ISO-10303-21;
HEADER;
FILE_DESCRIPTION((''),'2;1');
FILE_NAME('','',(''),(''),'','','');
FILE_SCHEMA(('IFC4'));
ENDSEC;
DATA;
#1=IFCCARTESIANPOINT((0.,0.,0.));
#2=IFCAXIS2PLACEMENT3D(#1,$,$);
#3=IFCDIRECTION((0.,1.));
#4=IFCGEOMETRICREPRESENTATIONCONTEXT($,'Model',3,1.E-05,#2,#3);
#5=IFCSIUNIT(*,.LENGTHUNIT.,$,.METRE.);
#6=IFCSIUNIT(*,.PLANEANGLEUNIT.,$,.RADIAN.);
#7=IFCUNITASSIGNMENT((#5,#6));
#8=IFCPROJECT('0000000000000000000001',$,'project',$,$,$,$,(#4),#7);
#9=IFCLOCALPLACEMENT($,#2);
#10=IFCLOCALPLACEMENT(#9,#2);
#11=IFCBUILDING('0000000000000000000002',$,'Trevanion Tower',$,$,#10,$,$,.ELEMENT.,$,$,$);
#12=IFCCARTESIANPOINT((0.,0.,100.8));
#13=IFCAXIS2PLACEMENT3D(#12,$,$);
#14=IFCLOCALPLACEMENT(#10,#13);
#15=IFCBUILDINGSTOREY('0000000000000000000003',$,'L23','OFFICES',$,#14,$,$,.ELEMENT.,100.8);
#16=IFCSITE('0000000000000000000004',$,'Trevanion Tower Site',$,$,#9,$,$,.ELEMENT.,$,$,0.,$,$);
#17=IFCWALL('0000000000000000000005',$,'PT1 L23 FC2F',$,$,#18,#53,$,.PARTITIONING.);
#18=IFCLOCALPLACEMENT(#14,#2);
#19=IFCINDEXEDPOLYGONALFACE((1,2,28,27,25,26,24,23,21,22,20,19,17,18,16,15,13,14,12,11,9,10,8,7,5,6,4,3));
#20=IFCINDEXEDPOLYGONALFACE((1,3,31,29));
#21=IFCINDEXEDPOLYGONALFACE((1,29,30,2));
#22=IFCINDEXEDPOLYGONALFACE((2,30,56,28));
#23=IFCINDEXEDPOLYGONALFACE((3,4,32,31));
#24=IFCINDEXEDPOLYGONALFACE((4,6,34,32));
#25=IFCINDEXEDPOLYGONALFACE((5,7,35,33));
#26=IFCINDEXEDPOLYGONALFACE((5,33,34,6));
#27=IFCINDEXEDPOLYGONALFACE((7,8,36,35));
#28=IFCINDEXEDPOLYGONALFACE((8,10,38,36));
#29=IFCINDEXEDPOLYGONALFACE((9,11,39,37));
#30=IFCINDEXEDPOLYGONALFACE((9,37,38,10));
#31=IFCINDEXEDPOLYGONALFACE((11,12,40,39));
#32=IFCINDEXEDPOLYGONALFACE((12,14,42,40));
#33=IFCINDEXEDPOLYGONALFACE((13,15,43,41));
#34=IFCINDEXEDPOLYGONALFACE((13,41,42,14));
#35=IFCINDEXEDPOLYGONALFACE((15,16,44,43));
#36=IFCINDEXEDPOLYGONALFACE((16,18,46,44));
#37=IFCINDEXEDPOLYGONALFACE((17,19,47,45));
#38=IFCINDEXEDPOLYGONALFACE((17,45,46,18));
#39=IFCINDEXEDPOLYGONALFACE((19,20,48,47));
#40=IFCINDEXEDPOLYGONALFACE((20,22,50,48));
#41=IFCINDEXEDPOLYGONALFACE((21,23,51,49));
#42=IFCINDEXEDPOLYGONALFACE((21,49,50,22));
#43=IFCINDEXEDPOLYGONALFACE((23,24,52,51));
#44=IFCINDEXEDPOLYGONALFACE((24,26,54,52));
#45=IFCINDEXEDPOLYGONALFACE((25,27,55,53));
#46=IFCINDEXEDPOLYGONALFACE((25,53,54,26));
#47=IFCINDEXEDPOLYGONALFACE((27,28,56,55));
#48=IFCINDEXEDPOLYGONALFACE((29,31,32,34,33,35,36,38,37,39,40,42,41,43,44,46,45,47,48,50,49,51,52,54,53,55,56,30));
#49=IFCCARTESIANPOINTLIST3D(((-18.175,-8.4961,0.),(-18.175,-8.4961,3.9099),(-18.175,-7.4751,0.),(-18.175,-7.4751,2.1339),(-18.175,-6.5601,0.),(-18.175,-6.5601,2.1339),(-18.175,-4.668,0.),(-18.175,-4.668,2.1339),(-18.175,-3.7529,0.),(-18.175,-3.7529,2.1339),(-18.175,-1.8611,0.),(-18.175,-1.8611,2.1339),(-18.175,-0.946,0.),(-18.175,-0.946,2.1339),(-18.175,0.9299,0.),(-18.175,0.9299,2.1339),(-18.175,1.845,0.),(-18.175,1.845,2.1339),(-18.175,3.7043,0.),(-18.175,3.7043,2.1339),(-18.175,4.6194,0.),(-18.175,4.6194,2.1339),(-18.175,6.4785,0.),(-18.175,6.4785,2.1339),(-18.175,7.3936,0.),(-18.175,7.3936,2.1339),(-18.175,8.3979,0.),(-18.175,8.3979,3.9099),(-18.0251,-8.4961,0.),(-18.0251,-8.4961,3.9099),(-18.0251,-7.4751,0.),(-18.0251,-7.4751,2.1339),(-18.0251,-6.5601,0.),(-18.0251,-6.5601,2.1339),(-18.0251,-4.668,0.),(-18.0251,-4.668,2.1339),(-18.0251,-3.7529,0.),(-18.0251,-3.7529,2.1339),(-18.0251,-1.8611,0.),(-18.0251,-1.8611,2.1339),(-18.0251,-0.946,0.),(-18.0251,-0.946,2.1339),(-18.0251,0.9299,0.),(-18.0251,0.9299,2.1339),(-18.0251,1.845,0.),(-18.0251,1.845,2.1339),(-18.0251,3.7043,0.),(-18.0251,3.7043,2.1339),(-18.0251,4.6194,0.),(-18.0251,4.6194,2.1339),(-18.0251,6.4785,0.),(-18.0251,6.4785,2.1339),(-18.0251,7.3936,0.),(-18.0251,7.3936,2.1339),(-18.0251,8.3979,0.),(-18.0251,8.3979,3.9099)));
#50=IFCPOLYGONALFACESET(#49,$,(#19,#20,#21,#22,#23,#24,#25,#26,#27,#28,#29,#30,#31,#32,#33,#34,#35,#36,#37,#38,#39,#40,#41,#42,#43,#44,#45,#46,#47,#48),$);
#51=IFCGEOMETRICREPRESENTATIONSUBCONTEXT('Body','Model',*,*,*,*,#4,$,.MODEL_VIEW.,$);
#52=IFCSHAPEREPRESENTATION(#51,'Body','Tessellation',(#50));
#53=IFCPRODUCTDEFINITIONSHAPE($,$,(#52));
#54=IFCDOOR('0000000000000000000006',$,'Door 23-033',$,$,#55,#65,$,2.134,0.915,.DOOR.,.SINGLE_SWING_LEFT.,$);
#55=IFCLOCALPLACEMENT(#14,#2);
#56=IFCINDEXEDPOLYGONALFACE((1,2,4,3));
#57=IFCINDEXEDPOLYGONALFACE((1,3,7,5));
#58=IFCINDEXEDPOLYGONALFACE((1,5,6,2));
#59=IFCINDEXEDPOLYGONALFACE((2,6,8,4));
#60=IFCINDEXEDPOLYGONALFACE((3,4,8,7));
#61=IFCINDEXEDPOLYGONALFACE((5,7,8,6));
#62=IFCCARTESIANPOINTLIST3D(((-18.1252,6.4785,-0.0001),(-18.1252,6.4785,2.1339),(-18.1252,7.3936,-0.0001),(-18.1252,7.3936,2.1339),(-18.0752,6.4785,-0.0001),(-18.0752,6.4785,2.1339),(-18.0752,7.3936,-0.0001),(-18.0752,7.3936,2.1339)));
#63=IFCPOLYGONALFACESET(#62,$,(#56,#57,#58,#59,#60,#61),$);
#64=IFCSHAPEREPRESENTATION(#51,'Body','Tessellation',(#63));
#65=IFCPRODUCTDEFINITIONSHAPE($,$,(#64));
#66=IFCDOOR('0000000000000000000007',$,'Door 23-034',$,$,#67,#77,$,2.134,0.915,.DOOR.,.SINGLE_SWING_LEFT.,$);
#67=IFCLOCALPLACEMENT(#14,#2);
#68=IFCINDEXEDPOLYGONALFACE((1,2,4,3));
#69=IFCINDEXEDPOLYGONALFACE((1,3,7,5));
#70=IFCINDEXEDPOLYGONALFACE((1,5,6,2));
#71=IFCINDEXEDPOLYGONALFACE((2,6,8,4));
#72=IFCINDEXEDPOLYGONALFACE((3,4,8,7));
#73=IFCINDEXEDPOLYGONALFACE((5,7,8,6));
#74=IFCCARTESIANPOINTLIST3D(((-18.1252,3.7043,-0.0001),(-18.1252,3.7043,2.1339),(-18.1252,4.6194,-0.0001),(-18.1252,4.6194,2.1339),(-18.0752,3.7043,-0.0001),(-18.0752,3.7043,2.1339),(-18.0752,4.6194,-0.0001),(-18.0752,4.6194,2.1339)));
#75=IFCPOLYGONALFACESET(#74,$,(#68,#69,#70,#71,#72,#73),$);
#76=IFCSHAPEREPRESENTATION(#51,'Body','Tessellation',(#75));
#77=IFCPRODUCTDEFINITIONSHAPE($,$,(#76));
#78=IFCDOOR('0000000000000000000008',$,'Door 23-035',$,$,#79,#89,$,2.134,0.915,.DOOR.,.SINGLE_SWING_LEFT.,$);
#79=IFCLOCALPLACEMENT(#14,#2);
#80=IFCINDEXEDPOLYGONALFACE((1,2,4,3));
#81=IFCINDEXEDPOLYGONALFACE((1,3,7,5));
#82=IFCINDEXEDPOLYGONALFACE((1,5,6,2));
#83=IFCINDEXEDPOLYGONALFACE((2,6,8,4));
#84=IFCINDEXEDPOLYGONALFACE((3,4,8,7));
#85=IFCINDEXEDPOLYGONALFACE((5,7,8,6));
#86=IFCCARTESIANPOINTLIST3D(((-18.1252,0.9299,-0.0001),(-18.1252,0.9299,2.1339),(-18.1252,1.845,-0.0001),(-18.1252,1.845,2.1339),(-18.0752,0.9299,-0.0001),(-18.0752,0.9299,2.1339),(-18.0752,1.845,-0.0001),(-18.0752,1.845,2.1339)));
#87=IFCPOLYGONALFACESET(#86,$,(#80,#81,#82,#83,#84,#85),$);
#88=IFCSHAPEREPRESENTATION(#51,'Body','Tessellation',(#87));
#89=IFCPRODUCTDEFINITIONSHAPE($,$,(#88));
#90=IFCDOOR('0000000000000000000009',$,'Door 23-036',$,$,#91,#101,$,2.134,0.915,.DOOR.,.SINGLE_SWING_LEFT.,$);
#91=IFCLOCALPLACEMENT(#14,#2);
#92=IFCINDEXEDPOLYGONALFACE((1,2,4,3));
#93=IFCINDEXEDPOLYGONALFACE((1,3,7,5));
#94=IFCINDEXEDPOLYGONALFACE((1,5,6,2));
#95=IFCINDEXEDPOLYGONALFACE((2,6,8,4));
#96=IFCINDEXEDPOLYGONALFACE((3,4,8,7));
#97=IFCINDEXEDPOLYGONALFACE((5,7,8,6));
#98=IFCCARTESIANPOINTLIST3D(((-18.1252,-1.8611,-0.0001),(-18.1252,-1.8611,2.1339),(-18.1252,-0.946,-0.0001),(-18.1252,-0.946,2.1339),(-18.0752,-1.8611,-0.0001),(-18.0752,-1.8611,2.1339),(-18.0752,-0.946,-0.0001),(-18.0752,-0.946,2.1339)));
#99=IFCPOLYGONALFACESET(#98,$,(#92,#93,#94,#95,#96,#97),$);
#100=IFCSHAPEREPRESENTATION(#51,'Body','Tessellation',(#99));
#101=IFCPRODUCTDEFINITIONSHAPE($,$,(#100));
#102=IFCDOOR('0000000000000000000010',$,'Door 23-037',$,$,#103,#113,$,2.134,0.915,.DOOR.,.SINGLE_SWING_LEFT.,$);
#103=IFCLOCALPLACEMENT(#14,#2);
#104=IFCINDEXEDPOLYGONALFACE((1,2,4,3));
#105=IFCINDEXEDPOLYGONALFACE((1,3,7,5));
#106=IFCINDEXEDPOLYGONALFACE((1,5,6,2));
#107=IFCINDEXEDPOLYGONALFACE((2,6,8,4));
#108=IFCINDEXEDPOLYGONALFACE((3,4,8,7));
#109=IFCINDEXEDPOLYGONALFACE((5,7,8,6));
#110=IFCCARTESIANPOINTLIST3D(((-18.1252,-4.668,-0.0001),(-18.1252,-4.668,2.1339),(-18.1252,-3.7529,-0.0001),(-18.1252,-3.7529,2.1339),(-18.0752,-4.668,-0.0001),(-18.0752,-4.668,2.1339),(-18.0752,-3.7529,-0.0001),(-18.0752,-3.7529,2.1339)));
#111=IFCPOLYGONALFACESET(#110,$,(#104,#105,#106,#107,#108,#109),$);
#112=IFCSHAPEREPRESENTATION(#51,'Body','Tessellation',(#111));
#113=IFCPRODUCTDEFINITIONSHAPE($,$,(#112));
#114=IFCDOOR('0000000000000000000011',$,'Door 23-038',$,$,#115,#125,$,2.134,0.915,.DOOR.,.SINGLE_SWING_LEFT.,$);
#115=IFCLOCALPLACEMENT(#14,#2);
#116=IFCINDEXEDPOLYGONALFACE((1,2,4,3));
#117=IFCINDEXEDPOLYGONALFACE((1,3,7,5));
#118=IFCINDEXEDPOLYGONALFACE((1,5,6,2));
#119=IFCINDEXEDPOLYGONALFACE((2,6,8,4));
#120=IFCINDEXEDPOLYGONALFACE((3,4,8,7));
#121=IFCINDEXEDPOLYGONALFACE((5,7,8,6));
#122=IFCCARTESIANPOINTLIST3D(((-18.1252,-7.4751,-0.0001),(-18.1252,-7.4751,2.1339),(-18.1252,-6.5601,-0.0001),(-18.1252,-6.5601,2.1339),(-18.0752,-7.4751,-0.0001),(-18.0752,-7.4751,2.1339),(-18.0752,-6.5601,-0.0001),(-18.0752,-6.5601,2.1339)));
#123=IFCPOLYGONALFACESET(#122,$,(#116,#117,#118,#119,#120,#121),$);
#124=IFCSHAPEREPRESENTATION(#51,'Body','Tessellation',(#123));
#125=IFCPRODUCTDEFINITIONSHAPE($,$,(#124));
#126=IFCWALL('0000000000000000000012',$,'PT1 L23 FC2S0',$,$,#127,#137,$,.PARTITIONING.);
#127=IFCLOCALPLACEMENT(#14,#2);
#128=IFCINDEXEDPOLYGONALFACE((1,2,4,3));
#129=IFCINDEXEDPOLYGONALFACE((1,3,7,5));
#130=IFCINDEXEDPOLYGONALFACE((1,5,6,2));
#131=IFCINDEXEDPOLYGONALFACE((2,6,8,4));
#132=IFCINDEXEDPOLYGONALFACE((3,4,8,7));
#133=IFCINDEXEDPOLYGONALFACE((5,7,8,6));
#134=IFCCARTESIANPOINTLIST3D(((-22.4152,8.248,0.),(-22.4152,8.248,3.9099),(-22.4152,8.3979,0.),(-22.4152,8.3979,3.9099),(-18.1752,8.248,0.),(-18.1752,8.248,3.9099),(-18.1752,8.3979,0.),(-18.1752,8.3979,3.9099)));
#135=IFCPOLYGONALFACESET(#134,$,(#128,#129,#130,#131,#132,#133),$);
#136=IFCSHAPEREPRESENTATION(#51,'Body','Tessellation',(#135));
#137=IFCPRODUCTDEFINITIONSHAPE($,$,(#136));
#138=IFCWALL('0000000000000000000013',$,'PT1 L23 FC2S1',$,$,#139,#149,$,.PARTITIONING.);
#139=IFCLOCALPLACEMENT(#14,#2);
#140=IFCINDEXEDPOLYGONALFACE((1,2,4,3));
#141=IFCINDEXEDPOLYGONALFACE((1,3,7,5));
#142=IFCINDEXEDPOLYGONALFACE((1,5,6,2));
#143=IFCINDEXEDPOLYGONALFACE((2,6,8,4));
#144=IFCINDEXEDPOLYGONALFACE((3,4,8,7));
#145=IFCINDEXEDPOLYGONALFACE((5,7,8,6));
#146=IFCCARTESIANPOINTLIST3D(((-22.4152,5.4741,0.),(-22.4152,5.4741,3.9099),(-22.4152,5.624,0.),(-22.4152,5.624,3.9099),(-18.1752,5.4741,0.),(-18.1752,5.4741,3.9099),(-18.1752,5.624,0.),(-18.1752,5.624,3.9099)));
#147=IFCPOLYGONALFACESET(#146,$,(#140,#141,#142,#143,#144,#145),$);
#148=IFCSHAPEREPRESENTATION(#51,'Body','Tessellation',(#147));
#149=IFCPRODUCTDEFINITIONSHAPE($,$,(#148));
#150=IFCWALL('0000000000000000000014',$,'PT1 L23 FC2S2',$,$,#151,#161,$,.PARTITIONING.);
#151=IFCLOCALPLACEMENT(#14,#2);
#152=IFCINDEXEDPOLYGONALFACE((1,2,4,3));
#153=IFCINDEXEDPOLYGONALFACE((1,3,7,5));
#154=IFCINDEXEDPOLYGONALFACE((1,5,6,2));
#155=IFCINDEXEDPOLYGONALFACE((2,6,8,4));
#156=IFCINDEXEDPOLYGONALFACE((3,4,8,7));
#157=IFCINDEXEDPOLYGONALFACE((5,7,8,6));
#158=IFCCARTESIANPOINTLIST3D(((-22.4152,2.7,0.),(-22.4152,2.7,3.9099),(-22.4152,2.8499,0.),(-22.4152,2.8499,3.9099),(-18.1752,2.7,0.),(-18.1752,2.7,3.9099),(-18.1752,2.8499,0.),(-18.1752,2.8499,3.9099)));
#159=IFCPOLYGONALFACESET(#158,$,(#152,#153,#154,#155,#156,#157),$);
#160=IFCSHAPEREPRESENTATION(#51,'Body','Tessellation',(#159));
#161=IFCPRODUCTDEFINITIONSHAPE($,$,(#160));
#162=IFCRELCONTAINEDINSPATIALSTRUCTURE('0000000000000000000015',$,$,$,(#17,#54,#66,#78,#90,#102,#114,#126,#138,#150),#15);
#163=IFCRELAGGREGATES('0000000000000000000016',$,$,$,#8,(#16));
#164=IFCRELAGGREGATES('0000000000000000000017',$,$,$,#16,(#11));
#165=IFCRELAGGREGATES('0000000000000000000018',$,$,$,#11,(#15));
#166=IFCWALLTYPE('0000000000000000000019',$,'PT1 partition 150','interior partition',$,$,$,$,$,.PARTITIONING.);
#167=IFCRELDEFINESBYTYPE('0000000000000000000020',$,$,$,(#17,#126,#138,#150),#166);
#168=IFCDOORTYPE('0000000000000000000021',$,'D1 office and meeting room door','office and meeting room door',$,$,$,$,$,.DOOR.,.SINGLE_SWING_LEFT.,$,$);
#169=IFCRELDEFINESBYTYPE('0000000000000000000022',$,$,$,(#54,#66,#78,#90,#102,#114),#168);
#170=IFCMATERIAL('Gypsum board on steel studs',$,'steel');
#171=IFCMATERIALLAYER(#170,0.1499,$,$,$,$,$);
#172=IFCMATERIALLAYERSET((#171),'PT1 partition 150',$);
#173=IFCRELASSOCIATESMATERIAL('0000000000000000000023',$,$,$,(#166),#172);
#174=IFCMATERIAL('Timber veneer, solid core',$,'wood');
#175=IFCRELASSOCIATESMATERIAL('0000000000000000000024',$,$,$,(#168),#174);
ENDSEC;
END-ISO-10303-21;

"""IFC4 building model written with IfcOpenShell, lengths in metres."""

from ifc_helpers import new_model, si_unit, direction, frame, frame_2d, origin, place, context, subcontext, project, spatial, rectangle, extrude, material, layer, layer_set, type_object, element, fill, save


model = new_model("IFC4")

# Units and contexts
model_context = context("Model", 3, precision=1e-05, world=origin(), true_north=direction((0.0, 1.0)))
body_context = subcontext(model_context, "Body", "Model", "MODEL_VIEW")
ifc_project = project(units=[si_unit("LENGTHUNIT", "METRE"), si_unit("PLANEANGLEUNIT", "RADIAN")], contexts=[model_context])

# Site, building, storey
site_placement = place(None, origin())
site = spatial("IfcSite", under=ifc_project, at=site_placement, Name="Trevanion Tower Site", CompositionType="ELEMENT", RefElevation=0.0)
building_placement = place(site_placement, origin())
building = spatial("IfcBuilding", under=site, at=building_placement, Name="Trevanion Tower", CompositionType="ELEMENT")
storey_placement = place(building_placement, frame((0.0, 0.0, 100.8)))
storey = spatial("IfcBuildingStorey", under=building, at=storey_placement, Name="L23", Description="OFFICES", CompositionType="ELEMENT", Elevation=100.8)

# Wall, openings, doors
ifc_material_1 = material(Name="Gypsum board on steel studs", Category="steel")
ifc_layer_1 = layer(ifc_material_1, 0.1499)
ifc_layer_set_1 = layer_set([ifc_layer_1], Name="PT1 partition 150")
wall_type = type_object("IfcWallType", Name="PT1 partition 150", Description="interior partition", PredefinedType="PARTITIONING", material=ifc_layer_set_1)
wall_1_placement = place(storey_placement, frame((-18.1001, 8.3979, 0.0), z_axis=(0.0, 0.0, 1.0), x_axis=(0.0, -1.0, 0.0)))
wall_1 = element("IfcWall", 1, at=wall_1_placement, inside=storey, type_object=wall_type, Name="PT1 L23 FC2F", PredefinedType="PARTITIONING", context=body_context, shape_type="SweptSolid", body=[
    extrude(rectangle(XDim=16.894, YDim=0.1499, at=frame_2d((8.447, 0.0))), origin(), (0.0, 0.0, 1.0), 3.9099),
])
opening_1_placement = place(wall_1_placement, frame((1.0044, 0.0, 0.0)))
opening_1 = element("IfcOpeningElement", 2, at=opening_1_placement, cuts=wall_1, PredefinedType="OPENING", context=body_context, shape_type="SweptSolid", body=[
    extrude(rectangle(XDim=0.915, YDim=2.134, at=frame_2d((0.4575, 1.0669))), frame((0.0, 0.085, 0.0), z_axis=(0.0, -1.0, 0.0), x_axis=(1.0, 0.0, 0.0)), (0.0, 0.0, 1.0), 0.1699),
])
opening_2_placement = place(wall_1_placement, frame((3.7786, 0.0, 0.0)))
opening_2 = element("IfcOpeningElement", 3, at=opening_2_placement, cuts=wall_1, PredefinedType="OPENING", context=body_context, shape_type="SweptSolid", body=[
    extrude(rectangle(XDim=0.915, YDim=2.134, at=frame_2d((0.4575, 1.0669))), frame((0.0, 0.085, 0.0), z_axis=(0.0, -1.0, 0.0), x_axis=(1.0, 0.0, 0.0)), (0.0, 0.0, 1.0), 0.1699),
])
opening_3_placement = place(wall_1_placement, frame((6.553, 0.0, 0.0)))
opening_3 = element("IfcOpeningElement", 4, at=opening_3_placement, cuts=wall_1, PredefinedType="OPENING", context=body_context, shape_type="SweptSolid", body=[
    extrude(rectangle(XDim=0.915, YDim=2.134, at=frame_2d((0.4575, 1.0669))), frame((0.0, 0.085, 0.0), z_axis=(0.0, -1.0, 0.0), x_axis=(1.0, 0.0, 0.0)), (0.0, 0.0, 1.0), 0.1699),
])
opening_4_placement = place(wall_1_placement, frame((9.344, 0.0, 0.0)))
opening_4 = element("IfcOpeningElement", 5, at=opening_4_placement, cuts=wall_1, PredefinedType="OPENING", context=body_context, shape_type="SweptSolid", body=[
    extrude(rectangle(XDim=0.915, YDim=2.134, at=frame_2d((0.4575, 1.0669))), frame((0.0, 0.085, 0.0), z_axis=(0.0, -1.0, 0.0), x_axis=(1.0, 0.0, 0.0)), (0.0, 0.0, 1.0), 0.1699),
])
opening_5_placement = place(wall_1_placement, frame((12.1509, 0.0, 0.0)))
opening_5 = element("IfcOpeningElement", 6, at=opening_5_placement, cuts=wall_1, PredefinedType="OPENING", context=body_context, shape_type="SweptSolid", body=[
    extrude(rectangle(XDim=0.915, YDim=2.134, at=frame_2d((0.4575, 1.0669))), frame((0.0, 0.085, 0.0), z_axis=(0.0, -1.0, 0.0), x_axis=(1.0, 0.0, 0.0)), (0.0, 0.0, 1.0), 0.1699),
])
opening_6_placement = place(wall_1_placement, frame((14.958, 0.0, 0.0)))
opening_6 = element("IfcOpeningElement", 7, at=opening_6_placement, cuts=wall_1, PredefinedType="OPENING", context=body_context, shape_type="SweptSolid", body=[
    extrude(rectangle(XDim=0.915, YDim=2.134, at=frame_2d((0.4575, 1.0669))), frame((0.0, 0.085, 0.0), z_axis=(0.0, -1.0, 0.0), x_axis=(1.0, 0.0, 0.0)), (0.0, 0.0, 1.0), 0.1699),
])
ifc_material_2 = material(Name="Timber veneer, solid core", Category="wood")
door_type = type_object("IfcDoorType", Name="D1 office and meeting room door", Description="office and meeting room door", OperationType="SINGLE_SWING_LEFT", PredefinedType="DOOR", material=ifc_material_2)
door_1_placement = place(opening_1_placement, origin())
door_1 = element("IfcDoor", 8, at=door_1_placement, inside=storey, type_object=door_type, Name="Door 23-033", OperationType="SINGLE_SWING_LEFT", OverallHeight=2.134, OverallWidth=0.915, PredefinedType="DOOR", context=body_context, shape_type="SweptSolid", body=[
    extrude(rectangle(XDim=0.915, YDim=2.134, at=frame_2d((0.4575, 1.0669))), frame((0.0, 0.0249, 0.0), z_axis=(0.0, -1.0, 0.0), x_axis=(1.0, 0.0, 0.0)), (0.0, 0.0, 1.0), 0.05),
])
fill(opening_1, door_1)
door_2_placement = place(opening_2_placement, origin())
door_2 = element("IfcDoor", 9, at=door_2_placement, inside=storey, type_object=door_type, Name="Door 23-034", OperationType="SINGLE_SWING_LEFT", OverallHeight=2.134, OverallWidth=0.915, PredefinedType="DOOR", context=body_context, shape_type="SweptSolid", body=[
    extrude(rectangle(XDim=0.915, YDim=2.134, at=frame_2d((0.4575, 1.0669))), frame((0.0, 0.0249, 0.0), z_axis=(0.0, -1.0, 0.0), x_axis=(1.0, 0.0, 0.0)), (0.0, 0.0, 1.0), 0.05),
])
fill(opening_2, door_2)
door_3_placement = place(opening_3_placement, origin())
door_3 = element("IfcDoor", 10, at=door_3_placement, inside=storey, type_object=door_type, Name="Door 23-035", OperationType="SINGLE_SWING_LEFT", OverallHeight=2.134, OverallWidth=0.915, PredefinedType="DOOR", context=body_context, shape_type="SweptSolid", body=[
    extrude(rectangle(XDim=0.915, YDim=2.134, at=frame_2d((0.4575, 1.0669))), frame((0.0, 0.0249, 0.0), z_axis=(0.0, -1.0, 0.0), x_axis=(1.0, 0.0, 0.0)), (0.0, 0.0, 1.0), 0.05),
])
fill(opening_3, door_3)
door_4_placement = place(opening_4_placement, origin())
door_4 = element("IfcDoor", 11, at=door_4_placement, inside=storey, type_object=door_type, Name="Door 23-036", OperationType="SINGLE_SWING_LEFT", OverallHeight=2.134, OverallWidth=0.915, PredefinedType="DOOR", context=body_context, shape_type="SweptSolid", body=[
    extrude(rectangle(XDim=0.915, YDim=2.134, at=frame_2d((0.4575, 1.0669))), frame((0.0, 0.0249, 0.0), z_axis=(0.0, -1.0, 0.0), x_axis=(1.0, 0.0, 0.0)), (0.0, 0.0, 1.0), 0.05),
])
fill(opening_4, door_4)
door_5_placement = place(opening_5_placement, origin())
door_5 = element("IfcDoor", 12, at=door_5_placement, inside=storey, type_object=door_type, Name="Door 23-037", OperationType="SINGLE_SWING_LEFT", OverallHeight=2.134, OverallWidth=0.915, PredefinedType="DOOR", context=body_context, shape_type="SweptSolid", body=[
    extrude(rectangle(XDim=0.915, YDim=2.134, at=frame_2d((0.4575, 1.0669))), frame((0.0, 0.0249, 0.0), z_axis=(0.0, -1.0, 0.0), x_axis=(1.0, 0.0, 0.0)), (0.0, 0.0, 1.0), 0.05),
])
fill(opening_5, door_5)
door_6_placement = place(opening_6_placement, origin())
door_6 = element("IfcDoor", 13, at=door_6_placement, inside=storey, type_object=door_type, Name="Door 23-038", OperationType="SINGLE_SWING_LEFT", OverallHeight=2.134, OverallWidth=0.915, PredefinedType="DOOR", context=body_context, shape_type="SweptSolid", body=[
    extrude(rectangle(XDim=0.915, YDim=2.134, at=frame_2d((0.4575, 1.0669))), frame((0.0, 0.0249, 0.0), z_axis=(0.0, -1.0, 0.0), x_axis=(1.0, 0.0, 0.0)), (0.0, 0.0, 1.0), 0.05),
])
fill(opening_6, door_6)

# Walls
for number, where, z_axis, x_axis, name in (
    (14, (-18.175, 8.323, 0.0), (0.0, 0.0, 1.0), (-1.0, 0.0, 0.0), "PT1 L23 FC2S0"),
    (15, (-18.175, 5.5491, 0.0), (0.0, 0.0, 1.0), (-1.0, 0.0, 0.0), "PT1 L23 FC2S1"),
    (16, (-18.175, 2.7749, 0.0), (0.0, 0.0, 1.0), (-1.0, 0.0, 0.0), "PT1 L23 FC2S2"),
):
    element("IfcWall", number, at=place(storey_placement, frame(where, z_axis=z_axis, x_axis=x_axis)), inside=storey, type_object=wall_type, Name=name, PredefinedType="PARTITIONING", context=body_context, shape_type="SweptSolid", body=[
        extrude(rectangle(XDim=4.24, YDim=0.1499, at=frame_2d((2.1201, 0.0))), origin(), (0.0, 0.0, 1.0), 3.9099),
    ])

save(model, "model.ifc")
